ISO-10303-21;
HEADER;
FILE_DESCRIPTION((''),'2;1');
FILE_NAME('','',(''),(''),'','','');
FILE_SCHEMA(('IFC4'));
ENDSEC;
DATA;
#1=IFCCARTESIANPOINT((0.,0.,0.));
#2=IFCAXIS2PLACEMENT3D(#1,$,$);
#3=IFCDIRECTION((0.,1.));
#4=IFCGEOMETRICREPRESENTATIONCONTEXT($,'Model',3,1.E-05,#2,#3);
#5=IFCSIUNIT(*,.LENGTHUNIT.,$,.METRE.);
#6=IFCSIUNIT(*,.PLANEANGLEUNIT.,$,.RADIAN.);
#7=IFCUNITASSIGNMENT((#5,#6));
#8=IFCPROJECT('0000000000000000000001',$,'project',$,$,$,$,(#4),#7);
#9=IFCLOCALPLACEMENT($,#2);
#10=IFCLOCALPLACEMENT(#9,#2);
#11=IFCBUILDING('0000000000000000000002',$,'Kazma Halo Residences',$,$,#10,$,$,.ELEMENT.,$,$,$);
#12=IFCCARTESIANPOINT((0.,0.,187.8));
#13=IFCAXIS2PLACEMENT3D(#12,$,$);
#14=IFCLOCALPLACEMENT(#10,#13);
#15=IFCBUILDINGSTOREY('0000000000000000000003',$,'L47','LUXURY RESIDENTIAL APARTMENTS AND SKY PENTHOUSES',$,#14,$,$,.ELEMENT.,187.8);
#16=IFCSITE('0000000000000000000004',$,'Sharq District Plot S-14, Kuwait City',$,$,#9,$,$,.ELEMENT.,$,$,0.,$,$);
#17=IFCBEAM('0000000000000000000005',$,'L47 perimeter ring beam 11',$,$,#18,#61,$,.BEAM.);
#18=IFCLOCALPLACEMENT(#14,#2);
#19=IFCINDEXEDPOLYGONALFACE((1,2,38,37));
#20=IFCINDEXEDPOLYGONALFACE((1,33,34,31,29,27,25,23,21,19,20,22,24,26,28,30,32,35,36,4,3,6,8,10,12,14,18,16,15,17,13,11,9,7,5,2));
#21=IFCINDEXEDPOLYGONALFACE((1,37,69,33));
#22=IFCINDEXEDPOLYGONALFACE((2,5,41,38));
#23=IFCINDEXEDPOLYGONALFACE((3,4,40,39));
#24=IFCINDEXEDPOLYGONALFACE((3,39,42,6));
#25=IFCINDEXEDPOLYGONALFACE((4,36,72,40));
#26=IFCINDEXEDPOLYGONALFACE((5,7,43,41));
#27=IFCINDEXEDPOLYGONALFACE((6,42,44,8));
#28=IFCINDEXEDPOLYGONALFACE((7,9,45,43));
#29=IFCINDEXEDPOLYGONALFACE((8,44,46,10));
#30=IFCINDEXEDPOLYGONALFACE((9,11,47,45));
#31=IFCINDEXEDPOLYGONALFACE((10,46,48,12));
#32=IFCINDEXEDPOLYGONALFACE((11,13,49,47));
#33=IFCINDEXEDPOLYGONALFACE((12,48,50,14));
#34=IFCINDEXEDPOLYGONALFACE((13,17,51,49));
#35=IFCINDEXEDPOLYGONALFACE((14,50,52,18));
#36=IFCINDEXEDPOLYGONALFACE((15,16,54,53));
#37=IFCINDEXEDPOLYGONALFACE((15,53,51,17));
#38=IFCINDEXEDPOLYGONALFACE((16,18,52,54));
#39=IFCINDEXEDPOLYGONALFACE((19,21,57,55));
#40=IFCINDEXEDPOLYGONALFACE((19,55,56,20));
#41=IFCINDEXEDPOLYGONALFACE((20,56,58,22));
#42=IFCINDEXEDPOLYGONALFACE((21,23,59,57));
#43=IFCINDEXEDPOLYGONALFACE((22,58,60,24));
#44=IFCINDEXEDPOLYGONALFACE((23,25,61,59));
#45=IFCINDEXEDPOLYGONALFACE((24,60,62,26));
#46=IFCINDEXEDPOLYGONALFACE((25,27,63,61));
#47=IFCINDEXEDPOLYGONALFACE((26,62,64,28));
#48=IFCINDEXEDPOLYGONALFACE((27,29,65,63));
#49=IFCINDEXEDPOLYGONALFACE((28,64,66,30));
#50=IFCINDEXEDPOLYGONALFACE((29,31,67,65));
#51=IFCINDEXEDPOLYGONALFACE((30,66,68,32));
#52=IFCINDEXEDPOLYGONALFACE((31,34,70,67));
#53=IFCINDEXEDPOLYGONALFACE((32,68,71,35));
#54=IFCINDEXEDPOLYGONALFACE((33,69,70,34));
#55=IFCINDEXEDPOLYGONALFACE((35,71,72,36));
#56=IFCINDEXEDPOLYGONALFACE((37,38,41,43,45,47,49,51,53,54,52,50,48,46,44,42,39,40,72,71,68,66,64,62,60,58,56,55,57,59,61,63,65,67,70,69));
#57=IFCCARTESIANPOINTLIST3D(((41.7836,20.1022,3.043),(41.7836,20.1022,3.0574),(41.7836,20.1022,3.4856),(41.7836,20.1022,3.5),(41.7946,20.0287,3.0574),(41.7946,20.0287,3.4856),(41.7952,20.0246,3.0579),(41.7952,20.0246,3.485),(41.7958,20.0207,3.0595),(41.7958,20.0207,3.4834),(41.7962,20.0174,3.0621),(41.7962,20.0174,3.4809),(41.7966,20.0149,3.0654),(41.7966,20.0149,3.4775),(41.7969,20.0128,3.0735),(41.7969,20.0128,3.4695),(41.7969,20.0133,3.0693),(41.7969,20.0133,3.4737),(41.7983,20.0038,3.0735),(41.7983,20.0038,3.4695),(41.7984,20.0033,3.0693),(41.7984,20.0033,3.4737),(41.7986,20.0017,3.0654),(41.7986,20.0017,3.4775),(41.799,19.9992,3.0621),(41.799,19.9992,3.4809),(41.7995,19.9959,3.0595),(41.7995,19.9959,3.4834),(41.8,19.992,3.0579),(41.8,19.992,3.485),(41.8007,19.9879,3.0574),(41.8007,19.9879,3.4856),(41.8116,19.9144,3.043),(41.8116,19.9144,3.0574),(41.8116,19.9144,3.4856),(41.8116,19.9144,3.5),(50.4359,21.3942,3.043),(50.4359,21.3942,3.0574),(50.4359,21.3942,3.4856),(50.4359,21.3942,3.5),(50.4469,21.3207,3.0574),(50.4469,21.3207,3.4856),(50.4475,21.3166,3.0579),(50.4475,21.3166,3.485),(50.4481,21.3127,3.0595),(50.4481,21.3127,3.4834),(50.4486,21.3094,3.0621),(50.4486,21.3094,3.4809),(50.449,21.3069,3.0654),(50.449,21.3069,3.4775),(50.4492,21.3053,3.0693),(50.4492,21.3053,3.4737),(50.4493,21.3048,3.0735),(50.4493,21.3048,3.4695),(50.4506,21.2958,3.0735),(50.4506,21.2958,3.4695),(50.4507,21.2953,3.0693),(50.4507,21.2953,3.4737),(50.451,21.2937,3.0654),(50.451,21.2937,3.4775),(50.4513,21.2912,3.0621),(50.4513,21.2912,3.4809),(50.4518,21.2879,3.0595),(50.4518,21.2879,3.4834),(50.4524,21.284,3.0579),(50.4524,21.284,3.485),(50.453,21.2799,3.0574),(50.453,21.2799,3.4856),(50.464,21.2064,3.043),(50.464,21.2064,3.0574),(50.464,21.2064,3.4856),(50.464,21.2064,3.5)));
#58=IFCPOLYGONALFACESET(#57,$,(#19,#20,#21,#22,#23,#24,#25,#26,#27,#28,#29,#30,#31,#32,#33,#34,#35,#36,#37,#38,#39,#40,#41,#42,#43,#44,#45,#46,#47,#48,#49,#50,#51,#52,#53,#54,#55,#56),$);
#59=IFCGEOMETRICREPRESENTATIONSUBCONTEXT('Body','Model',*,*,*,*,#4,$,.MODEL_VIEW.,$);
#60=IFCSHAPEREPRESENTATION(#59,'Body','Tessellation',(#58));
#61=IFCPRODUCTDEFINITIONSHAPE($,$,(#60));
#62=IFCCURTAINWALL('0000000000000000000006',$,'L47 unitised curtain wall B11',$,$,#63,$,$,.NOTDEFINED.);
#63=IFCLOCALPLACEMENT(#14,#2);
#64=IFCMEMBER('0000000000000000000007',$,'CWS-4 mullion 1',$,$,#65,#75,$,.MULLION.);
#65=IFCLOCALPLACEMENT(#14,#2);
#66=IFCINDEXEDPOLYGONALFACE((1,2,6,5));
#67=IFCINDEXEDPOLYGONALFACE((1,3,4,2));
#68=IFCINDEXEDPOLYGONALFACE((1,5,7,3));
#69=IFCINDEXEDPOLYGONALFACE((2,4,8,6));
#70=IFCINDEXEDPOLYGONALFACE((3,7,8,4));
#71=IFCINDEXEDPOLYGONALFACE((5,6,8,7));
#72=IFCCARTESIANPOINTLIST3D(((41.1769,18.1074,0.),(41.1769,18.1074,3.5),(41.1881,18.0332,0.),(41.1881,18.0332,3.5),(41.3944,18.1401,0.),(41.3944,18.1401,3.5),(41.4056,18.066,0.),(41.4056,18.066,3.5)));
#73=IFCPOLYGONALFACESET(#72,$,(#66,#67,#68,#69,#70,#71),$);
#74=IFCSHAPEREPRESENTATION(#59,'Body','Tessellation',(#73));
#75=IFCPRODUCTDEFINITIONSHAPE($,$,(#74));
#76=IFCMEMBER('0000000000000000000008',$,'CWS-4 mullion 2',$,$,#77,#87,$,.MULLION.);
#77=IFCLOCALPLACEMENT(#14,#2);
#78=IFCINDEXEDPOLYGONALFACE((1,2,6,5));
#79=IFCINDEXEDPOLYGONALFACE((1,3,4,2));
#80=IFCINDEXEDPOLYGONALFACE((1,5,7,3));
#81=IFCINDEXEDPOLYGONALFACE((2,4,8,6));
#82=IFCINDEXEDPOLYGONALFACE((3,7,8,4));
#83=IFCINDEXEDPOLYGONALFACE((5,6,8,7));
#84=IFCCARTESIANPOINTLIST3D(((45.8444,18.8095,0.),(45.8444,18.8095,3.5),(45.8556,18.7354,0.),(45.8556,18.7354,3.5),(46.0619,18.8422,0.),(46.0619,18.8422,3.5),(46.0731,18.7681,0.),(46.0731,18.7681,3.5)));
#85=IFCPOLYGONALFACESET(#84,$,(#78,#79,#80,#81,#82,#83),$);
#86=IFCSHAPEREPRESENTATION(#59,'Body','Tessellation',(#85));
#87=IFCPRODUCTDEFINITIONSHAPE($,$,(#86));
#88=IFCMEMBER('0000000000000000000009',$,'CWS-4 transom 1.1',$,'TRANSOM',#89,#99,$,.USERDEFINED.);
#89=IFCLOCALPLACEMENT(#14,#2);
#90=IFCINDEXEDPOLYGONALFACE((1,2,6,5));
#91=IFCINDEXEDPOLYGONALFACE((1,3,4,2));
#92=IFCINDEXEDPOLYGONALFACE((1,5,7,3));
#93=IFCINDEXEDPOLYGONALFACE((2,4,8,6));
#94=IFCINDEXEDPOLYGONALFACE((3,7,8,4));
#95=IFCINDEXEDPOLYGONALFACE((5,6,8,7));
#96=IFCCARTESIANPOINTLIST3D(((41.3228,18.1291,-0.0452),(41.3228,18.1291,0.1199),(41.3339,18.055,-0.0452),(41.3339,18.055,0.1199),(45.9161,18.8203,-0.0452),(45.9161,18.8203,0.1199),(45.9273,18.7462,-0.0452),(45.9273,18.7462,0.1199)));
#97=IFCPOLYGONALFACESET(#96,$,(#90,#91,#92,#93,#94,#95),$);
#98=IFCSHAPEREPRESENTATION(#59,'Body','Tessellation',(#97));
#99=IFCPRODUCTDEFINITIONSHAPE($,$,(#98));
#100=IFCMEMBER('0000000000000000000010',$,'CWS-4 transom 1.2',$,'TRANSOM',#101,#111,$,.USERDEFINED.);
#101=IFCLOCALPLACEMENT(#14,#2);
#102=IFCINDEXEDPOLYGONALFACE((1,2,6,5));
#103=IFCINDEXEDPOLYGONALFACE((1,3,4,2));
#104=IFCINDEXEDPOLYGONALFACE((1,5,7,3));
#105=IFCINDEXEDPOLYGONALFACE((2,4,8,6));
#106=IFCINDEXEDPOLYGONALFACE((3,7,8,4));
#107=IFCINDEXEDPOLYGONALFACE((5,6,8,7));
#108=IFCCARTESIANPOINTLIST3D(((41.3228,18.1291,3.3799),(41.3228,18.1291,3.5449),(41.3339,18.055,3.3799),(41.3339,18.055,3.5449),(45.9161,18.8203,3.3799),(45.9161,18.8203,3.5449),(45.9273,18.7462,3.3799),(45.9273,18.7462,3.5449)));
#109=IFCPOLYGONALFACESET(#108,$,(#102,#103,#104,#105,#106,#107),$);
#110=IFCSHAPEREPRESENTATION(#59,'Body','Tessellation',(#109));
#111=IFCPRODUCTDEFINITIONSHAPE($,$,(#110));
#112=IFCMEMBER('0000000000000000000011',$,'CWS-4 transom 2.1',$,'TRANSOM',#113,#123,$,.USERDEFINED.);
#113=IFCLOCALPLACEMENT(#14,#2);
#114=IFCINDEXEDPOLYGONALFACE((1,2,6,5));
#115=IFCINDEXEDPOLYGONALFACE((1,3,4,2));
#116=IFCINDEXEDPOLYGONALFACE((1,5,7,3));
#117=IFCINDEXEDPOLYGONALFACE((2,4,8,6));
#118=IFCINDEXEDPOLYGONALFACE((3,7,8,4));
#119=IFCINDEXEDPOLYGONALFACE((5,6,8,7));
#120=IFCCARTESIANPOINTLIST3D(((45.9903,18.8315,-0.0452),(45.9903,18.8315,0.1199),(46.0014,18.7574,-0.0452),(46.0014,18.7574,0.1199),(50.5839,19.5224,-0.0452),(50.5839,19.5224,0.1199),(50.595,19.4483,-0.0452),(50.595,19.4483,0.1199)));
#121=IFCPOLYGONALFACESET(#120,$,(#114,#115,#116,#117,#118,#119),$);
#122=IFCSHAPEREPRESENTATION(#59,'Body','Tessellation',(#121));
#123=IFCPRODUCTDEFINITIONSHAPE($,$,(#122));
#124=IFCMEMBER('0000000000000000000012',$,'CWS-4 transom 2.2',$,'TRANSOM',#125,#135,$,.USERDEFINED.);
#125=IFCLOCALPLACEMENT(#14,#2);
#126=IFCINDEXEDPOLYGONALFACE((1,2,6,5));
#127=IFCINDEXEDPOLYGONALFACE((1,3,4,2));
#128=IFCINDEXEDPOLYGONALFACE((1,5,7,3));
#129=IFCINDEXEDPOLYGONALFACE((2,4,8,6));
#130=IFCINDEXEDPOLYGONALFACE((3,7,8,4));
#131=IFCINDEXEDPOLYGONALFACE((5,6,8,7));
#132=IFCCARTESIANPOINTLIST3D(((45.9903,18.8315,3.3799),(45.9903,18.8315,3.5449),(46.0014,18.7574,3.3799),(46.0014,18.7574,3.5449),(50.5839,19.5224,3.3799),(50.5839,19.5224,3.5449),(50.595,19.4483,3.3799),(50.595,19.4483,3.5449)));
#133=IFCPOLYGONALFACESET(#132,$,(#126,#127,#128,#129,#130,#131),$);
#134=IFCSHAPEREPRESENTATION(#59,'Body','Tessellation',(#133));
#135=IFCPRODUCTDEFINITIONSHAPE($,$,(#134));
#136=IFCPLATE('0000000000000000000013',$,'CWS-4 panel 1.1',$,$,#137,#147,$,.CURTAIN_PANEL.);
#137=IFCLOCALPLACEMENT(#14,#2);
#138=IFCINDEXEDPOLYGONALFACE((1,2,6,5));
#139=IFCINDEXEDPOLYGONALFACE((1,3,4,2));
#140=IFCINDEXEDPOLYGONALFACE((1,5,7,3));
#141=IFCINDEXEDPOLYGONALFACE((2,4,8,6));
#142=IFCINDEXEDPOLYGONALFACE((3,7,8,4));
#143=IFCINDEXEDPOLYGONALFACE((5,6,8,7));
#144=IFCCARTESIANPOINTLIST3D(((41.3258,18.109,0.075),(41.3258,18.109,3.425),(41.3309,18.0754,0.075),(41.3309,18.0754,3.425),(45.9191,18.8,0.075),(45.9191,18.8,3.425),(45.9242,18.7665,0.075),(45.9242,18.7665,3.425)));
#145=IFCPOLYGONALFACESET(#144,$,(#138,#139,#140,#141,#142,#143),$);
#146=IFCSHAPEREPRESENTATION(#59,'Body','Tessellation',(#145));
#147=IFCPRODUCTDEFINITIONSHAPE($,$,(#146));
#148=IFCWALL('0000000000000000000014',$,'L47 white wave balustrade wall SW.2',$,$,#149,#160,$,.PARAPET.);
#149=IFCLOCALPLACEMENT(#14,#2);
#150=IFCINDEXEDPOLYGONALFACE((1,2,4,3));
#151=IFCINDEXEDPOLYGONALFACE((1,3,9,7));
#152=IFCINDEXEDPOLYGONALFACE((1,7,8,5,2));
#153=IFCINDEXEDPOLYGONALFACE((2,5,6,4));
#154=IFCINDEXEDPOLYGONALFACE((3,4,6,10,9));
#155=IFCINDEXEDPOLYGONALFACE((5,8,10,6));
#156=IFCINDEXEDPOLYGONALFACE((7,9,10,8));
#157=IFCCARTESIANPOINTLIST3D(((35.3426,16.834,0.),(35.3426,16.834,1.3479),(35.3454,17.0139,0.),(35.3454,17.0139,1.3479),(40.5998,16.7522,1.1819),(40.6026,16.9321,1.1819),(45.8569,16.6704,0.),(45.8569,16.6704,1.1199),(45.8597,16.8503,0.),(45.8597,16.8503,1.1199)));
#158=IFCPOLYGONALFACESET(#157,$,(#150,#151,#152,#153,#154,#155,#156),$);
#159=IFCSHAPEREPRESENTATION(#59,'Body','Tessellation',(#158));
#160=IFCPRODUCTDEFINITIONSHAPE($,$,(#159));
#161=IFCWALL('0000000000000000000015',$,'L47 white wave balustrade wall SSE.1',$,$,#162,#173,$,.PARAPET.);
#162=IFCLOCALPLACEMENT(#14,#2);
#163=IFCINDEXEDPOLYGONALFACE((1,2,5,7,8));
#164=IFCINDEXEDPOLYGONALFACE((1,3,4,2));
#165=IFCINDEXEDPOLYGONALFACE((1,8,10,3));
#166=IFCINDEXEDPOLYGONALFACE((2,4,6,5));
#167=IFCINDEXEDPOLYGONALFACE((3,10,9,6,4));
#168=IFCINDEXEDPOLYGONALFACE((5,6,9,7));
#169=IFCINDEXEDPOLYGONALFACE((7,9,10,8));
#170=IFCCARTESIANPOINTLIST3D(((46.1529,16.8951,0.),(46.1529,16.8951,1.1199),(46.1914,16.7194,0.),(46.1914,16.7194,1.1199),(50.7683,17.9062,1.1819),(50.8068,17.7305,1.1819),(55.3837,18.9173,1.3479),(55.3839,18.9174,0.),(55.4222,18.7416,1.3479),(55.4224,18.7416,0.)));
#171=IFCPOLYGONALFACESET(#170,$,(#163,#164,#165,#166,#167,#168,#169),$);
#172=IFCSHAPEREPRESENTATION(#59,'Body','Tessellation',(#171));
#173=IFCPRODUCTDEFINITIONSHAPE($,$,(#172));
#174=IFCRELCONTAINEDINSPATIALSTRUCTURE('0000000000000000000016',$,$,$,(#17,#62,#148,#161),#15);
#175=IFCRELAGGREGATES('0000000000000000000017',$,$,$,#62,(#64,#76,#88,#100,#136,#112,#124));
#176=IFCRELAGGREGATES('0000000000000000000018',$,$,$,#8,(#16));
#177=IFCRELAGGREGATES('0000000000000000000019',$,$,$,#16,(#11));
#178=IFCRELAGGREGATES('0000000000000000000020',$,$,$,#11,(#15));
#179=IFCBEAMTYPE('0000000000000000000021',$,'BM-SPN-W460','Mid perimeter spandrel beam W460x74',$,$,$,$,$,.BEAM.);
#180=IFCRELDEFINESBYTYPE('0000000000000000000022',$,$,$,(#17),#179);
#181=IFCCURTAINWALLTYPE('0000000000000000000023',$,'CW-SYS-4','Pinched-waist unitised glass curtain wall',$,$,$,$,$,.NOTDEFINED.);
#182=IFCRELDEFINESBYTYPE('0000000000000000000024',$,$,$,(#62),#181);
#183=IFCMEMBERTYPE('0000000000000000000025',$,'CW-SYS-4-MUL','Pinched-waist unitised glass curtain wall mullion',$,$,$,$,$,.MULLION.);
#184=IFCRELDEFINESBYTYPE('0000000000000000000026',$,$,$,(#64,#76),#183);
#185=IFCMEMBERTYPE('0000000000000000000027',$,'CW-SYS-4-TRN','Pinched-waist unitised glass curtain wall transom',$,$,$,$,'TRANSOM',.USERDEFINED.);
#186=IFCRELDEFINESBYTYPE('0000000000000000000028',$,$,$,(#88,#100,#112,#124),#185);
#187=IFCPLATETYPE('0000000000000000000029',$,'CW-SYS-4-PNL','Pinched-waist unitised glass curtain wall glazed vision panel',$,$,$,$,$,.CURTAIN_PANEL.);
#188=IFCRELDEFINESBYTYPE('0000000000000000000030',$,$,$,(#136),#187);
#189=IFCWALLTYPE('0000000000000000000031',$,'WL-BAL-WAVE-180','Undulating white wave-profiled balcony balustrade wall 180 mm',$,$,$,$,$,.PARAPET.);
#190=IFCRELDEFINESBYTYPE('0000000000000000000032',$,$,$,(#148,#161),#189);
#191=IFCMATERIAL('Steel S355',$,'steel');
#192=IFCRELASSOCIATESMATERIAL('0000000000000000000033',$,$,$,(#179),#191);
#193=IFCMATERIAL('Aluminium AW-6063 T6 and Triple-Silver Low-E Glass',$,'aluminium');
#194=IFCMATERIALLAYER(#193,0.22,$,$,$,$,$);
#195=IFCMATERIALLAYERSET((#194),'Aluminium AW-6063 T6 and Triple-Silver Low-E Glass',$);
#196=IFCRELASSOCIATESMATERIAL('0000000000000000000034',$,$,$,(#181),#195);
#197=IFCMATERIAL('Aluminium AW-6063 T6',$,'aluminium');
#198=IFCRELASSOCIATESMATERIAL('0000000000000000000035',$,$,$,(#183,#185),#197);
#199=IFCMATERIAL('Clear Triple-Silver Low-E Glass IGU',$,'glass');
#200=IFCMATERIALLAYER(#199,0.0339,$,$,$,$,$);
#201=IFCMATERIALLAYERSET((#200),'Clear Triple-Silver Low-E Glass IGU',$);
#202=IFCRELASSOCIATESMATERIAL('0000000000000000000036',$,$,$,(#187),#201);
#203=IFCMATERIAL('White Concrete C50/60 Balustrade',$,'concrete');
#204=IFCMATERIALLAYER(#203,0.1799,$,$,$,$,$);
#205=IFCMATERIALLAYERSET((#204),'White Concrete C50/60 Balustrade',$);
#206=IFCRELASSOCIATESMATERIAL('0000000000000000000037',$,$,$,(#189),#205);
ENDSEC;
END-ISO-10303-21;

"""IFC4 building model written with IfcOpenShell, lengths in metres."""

from ifc_helpers import new_model, si_unit, direction, frame, origin, origin_2d, place, context, subcontext, project, spatial, polyline, rectangle, i_section, outline, extrude, material, layer, layer_set, material_profile, profile_set, type_object, element, aggregate, save


model = new_model("IFC4")

# Units and contexts
model_context = context("Model", 3, precision=1e-05, world=origin(), true_north=direction((0.0, 1.0)))
body_context = subcontext(model_context, "Body", "Model", "MODEL_VIEW")
ifc_project = project(units=[si_unit("LENGTHUNIT", "METRE"), si_unit("PLANEANGLEUNIT", "RADIAN")], contexts=[model_context])

# Site, building, storey
site_placement = place(None, origin())
site = spatial("IfcSite", under=ifc_project, at=site_placement, Name="Sharq District Plot S-14, Kuwait City", CompositionType="ELEMENT", RefElevation=0.0)
building_placement = place(site_placement, origin())
building = spatial("IfcBuilding", under=site, at=building_placement, Name="Kazma Halo Residences", CompositionType="ELEMENT")
storey_placement = place(building_placement, frame((0.0, 0.0, 187.8)))
storey = spatial("IfcBuildingStorey", under=building, at=storey_placement, Name="L47", Description="LUXURY RESIDENTIAL APARTMENTS AND SKY PENTHOUSES", CompositionType="ELEMENT", Elevation=187.8)

# Beam
ifc_material_1 = material(Name="Steel S355", Category="steel")
ifc_material_profile_1 = material_profile(ifc_material_1, i_section(OverallWidth=0.1899, OverallDepth=0.457, WebThickness=0.009, FlangeThickness=0.0144, FilletRadius=0.0161, at=origin_2d()), Name="W460x74")
ifc_profile_set_1 = profile_set([ifc_material_profile_1], Name="Steel S355")
beam_type_1 = type_object("IfcBeamType", Name="BM-SPN-W460", Description="Mid perimeter spandrel beam W460x74", PredefinedType="BEAM", material=ifc_profile_set_1)
beam_1_placement = place(storey_placement, frame((41.7976, 20.0083, 3.2715), z_axis=(0.989034, 0.147685, 0.0), x_axis=(-0.147685, 0.989034, 0.0)))
element("IfcBeam", 1, at=beam_1_placement, inside=storey, type_object=beam_type_1, Name="L47 perimeter ring beam 11", PredefinedType="BEAM", context=body_context, shape_type="SweptSolid", body=[
    extrude(i_section(OverallWidth=0.1899, OverallDepth=0.457, WebThickness=0.009, FlangeThickness=0.0144, FilletRadius=0.0161, at=origin_2d()), origin(), (0.0, 0.0, 1.0), 8.7483),
])

# Curtain wall, members, plate
ifc_material_2 = material(Name="Aluminium AW-6063 T6 and Triple-Silver Low-E Glass", Category="aluminium")
ifc_layer_1 = layer(ifc_material_2, 0.22)
ifc_layer_set_1 = layer_set([ifc_layer_1], Name="Aluminium AW-6063 T6 and Triple-Silver Low-E Glass")
curtain_wall_type = type_object("IfcCurtainWallType", Name="CW-SYS-4", Description="Pinched-waist unitised glass curtain wall", PredefinedType="NOTDEFINED", material=ifc_layer_set_1)
curtain_wall_placement = place(storey_placement, origin())
curtain_wall = element("IfcCurtainWall", 2, at=curtain_wall_placement, inside=storey, type_object=curtain_wall_type, Name="L47 unitised curtain wall B11", PredefinedType="NOTDEFINED")
ifc_material_3 = material(Name="Aluminium AW-6063 T6", Category="aluminium")
ifc_material_profile_2 = material_profile(ifc_material_3, rectangle(XDim=0.075, YDim=0.22, at=origin_2d()), Name="CWM-75x220")
ifc_profile_set_2 = profile_set([ifc_material_profile_2], Name="Aluminium AW-6063 T6")
member_type_1 = type_object("IfcMemberType", Name="CW-SYS-4-MUL", Description="Pinched-waist unitised glass curtain wall mullion", PredefinedType="MULLION", material=ifc_profile_set_2)
member_1_placement = place(storey_placement, frame((41.2913, 18.0867, 0.0), z_axis=(0.0, 0.0, 1.0), x_axis=(-0.148773, 0.988871, 0.0)))
member_1 = element("IfcMember", 3, at=member_1_placement, type_object=member_type_1, Name="CWS-4 mullion 1", PredefinedType="MULLION", context=body_context, shape_type="SweptSolid", body=[
    extrude(rectangle(XDim=0.075, YDim=0.22, at=origin_2d()), origin(), (0.0, 0.0, 1.0), 3.5),
])
member_2_placement = place(storey_placement, frame((45.9587, 18.7888, 0.0), z_axis=(0.0, 0.0, 1.0), x_axis=(-0.148773, 0.988871, 0.0)))
member_2 = element("IfcMember", 4, at=member_2_placement, type_object=member_type_1, Name="CWS-4 mullion 2", PredefinedType="MULLION", context=body_context, shape_type="SweptSolid", body=[
    extrude(rectangle(XDim=0.075, YDim=0.22, at=origin_2d()), origin(), (0.0, 0.0, 1.0), 3.5),
])
ifc_material_profile_3 = material_profile(ifc_material_3, rectangle(XDim=0.075, YDim=0.165, at=origin_2d()), Name="CWT-75x165")
ifc_profile_set_3 = profile_set([ifc_material_profile_3], Name="Aluminium AW-6063 T6")
member_type_2 = type_object("IfcMemberType", Name="CW-SYS-4-TRN", Description="Pinched-waist unitised glass curtain wall transom", ElementType="TRANSOM", PredefinedType="USERDEFINED", material=ifc_profile_set_3)
member_3_placement = place(storey_placement, frame((41.3284, 18.092, 0.0374), z_axis=(0.988868, 0.148798, 0.0), x_axis=(-0.148798, 0.988868, 0.0)))
member_3 = element("IfcMember", 5, at=member_3_placement, type_object=member_type_2, Name="CWS-4 transom 1.1", ObjectType="TRANSOM", PredefinedType="USERDEFINED", context=body_context, shape_type="SweptSolid", body=[
    extrude(rectangle(XDim=0.075, YDim=0.165, at=origin_2d()), origin(), (0.0, 0.0, 1.0), 4.645),
])
member_4_placement = place(storey_placement, frame((41.3284, 18.092, 3.4624), z_axis=(0.988868, 0.148798, 0.0), x_axis=(-0.148798, 0.988868, 0.0)))
member_4 = element("IfcMember", 6, at=member_4_placement, type_object=member_type_2, Name="CWS-4 transom 1.2", ObjectType="TRANSOM", PredefinedType="USERDEFINED", context=body_context, shape_type="SweptSolid", body=[
    extrude(rectangle(XDim=0.075, YDim=0.165, at=origin_2d()), origin(), (0.0, 0.0, 1.0), 4.645),
])
member_5_placement = place(storey_placement, frame((45.9958, 18.7944, 0.0374), z_axis=(0.988877, 0.148739, 0.0), x_axis=(-0.148739, 0.988877, 0.0)))
member_5 = element("IfcMember", 7, at=member_5_placement, type_object=member_type_2, Name="CWS-4 transom 2.1", ObjectType="TRANSOM", PredefinedType="USERDEFINED", context=body_context, shape_type="SweptSolid", body=[
    extrude(rectangle(XDim=0.075, YDim=0.165, at=origin_2d()), origin(), (0.0, 0.0, 1.0), 4.6453),
])
member_6_placement = place(storey_placement, frame((45.9958, 18.7944, 3.4624), z_axis=(0.988877, 0.148739, 0.0), x_axis=(-0.148739, 0.988877, 0.0)))
member_6 = element("IfcMember", 8, at=member_6_placement, type_object=member_type_2, Name="CWS-4 transom 2.2", ObjectType="TRANSOM", PredefinedType="USERDEFINED", context=body_context, shape_type="SweptSolid", body=[
    extrude(rectangle(XDim=0.075, YDim=0.165, at=origin_2d()), origin(), (0.0, 0.0, 1.0), 4.6453),
])
ifc_material_4 = material(Name="Clear Triple-Silver Low-E Glass IGU", Category="glass")
ifc_layer_2 = layer(ifc_material_4, 0.0339)
ifc_layer_set_2 = layer_set([ifc_layer_2], Name="Clear Triple-Silver Low-E Glass IGU")
plate_type = type_object("IfcPlateType", Name="CW-SYS-4-PNL", Description="Pinched-waist unitised glass curtain wall glazed vision panel", PredefinedType="CURTAIN_PANEL", material=ifc_layer_set_2)
plate_placement = place(storey_placement, frame((43.625, 18.4377, 0.075), z_axis=(0.0, 0.0, 1.0), x_axis=(0.988871, 0.148773, 0.0)))
plate = element("IfcPlate", 9, at=plate_placement, type_object=plate_type, Name="CWS-4 panel 1.1", PredefinedType="CURTAIN_PANEL", context=body_context, shape_type="SweptSolid", body=[
    extrude(rectangle(XDim=4.645, YDim=0.0339, at=origin_2d()), origin(), (0.0, 0.0, 1.0), 3.3501),
])
aggregate(curtain_wall, [member_1, member_2, member_3, member_4, plate, member_5, member_6])

# Walls
ifc_material_5 = material(Name="White Concrete C50/60 Balustrade", Category="concrete")
ifc_layer_3 = layer(ifc_material_5, 0.1799)
ifc_layer_set_3 = layer_set([ifc_layer_3], Name="White Concrete C50/60 Balustrade")
wall_type_1 = type_object("IfcWallType", Name="WL-BAL-WAVE-180", Description="Undulating white wave-profiled balcony balustrade wall 180 mm", PredefinedType="PARAPET", material=ifc_layer_set_3)
wall_1_placement = place(storey_placement, frame((35.344, 16.9241, 0.0), z_axis=(0.0, 0.0, 1.0), x_axis=(0.999879, -0.015555, 0.0)))
element("IfcWall", 10, at=wall_1_placement, inside=storey, type_object=wall_type_1, Name="L47 white wave balustrade wall SW.2", PredefinedType="PARAPET", context=body_context, shape_type="SweptSolid", body=[
    extrude(outline(polyline([(0.0, 0.0), (10.5156, 0.0), (10.5156, 1.1199), (5.2578, 1.1819), (0.0, 1.3479), (0.0, 0.0)])), frame((0.0, 0.0898, 0.0), z_axis=(0.0, -1.0, 0.0), x_axis=(1.0, 0.0, 0.0)), (0.0, 0.0, 1.0), 0.1799),
])
wall_2_placement = place(storey_placement, frame((46.1721, 16.8074, 0.0), z_axis=(0.0, 0.0, 1.0), x_axis=(0.976835, 0.213994, 0.0)))
element("IfcWall", 11, at=wall_2_placement, inside=storey, type_object=wall_type_1, Name="L47 white wave balustrade wall SSE.1", PredefinedType="PARAPET", context=body_context, shape_type="SweptSolid", body=[
    extrude(outline(polyline([(0.0, 0.0), (9.45, 0.0), (9.4497, 1.3479), (4.7249, 1.1819), (0.0, 1.1199), (0.0, 0.0)])), frame((0.0, 0.0898, 0.0), z_axis=(0.0, -1.0, 0.0), x_axis=(1.0, 0.0, 0.0)), (0.0, 0.0, 1.0), 0.1799),
])

save(model, "model.ifc")
